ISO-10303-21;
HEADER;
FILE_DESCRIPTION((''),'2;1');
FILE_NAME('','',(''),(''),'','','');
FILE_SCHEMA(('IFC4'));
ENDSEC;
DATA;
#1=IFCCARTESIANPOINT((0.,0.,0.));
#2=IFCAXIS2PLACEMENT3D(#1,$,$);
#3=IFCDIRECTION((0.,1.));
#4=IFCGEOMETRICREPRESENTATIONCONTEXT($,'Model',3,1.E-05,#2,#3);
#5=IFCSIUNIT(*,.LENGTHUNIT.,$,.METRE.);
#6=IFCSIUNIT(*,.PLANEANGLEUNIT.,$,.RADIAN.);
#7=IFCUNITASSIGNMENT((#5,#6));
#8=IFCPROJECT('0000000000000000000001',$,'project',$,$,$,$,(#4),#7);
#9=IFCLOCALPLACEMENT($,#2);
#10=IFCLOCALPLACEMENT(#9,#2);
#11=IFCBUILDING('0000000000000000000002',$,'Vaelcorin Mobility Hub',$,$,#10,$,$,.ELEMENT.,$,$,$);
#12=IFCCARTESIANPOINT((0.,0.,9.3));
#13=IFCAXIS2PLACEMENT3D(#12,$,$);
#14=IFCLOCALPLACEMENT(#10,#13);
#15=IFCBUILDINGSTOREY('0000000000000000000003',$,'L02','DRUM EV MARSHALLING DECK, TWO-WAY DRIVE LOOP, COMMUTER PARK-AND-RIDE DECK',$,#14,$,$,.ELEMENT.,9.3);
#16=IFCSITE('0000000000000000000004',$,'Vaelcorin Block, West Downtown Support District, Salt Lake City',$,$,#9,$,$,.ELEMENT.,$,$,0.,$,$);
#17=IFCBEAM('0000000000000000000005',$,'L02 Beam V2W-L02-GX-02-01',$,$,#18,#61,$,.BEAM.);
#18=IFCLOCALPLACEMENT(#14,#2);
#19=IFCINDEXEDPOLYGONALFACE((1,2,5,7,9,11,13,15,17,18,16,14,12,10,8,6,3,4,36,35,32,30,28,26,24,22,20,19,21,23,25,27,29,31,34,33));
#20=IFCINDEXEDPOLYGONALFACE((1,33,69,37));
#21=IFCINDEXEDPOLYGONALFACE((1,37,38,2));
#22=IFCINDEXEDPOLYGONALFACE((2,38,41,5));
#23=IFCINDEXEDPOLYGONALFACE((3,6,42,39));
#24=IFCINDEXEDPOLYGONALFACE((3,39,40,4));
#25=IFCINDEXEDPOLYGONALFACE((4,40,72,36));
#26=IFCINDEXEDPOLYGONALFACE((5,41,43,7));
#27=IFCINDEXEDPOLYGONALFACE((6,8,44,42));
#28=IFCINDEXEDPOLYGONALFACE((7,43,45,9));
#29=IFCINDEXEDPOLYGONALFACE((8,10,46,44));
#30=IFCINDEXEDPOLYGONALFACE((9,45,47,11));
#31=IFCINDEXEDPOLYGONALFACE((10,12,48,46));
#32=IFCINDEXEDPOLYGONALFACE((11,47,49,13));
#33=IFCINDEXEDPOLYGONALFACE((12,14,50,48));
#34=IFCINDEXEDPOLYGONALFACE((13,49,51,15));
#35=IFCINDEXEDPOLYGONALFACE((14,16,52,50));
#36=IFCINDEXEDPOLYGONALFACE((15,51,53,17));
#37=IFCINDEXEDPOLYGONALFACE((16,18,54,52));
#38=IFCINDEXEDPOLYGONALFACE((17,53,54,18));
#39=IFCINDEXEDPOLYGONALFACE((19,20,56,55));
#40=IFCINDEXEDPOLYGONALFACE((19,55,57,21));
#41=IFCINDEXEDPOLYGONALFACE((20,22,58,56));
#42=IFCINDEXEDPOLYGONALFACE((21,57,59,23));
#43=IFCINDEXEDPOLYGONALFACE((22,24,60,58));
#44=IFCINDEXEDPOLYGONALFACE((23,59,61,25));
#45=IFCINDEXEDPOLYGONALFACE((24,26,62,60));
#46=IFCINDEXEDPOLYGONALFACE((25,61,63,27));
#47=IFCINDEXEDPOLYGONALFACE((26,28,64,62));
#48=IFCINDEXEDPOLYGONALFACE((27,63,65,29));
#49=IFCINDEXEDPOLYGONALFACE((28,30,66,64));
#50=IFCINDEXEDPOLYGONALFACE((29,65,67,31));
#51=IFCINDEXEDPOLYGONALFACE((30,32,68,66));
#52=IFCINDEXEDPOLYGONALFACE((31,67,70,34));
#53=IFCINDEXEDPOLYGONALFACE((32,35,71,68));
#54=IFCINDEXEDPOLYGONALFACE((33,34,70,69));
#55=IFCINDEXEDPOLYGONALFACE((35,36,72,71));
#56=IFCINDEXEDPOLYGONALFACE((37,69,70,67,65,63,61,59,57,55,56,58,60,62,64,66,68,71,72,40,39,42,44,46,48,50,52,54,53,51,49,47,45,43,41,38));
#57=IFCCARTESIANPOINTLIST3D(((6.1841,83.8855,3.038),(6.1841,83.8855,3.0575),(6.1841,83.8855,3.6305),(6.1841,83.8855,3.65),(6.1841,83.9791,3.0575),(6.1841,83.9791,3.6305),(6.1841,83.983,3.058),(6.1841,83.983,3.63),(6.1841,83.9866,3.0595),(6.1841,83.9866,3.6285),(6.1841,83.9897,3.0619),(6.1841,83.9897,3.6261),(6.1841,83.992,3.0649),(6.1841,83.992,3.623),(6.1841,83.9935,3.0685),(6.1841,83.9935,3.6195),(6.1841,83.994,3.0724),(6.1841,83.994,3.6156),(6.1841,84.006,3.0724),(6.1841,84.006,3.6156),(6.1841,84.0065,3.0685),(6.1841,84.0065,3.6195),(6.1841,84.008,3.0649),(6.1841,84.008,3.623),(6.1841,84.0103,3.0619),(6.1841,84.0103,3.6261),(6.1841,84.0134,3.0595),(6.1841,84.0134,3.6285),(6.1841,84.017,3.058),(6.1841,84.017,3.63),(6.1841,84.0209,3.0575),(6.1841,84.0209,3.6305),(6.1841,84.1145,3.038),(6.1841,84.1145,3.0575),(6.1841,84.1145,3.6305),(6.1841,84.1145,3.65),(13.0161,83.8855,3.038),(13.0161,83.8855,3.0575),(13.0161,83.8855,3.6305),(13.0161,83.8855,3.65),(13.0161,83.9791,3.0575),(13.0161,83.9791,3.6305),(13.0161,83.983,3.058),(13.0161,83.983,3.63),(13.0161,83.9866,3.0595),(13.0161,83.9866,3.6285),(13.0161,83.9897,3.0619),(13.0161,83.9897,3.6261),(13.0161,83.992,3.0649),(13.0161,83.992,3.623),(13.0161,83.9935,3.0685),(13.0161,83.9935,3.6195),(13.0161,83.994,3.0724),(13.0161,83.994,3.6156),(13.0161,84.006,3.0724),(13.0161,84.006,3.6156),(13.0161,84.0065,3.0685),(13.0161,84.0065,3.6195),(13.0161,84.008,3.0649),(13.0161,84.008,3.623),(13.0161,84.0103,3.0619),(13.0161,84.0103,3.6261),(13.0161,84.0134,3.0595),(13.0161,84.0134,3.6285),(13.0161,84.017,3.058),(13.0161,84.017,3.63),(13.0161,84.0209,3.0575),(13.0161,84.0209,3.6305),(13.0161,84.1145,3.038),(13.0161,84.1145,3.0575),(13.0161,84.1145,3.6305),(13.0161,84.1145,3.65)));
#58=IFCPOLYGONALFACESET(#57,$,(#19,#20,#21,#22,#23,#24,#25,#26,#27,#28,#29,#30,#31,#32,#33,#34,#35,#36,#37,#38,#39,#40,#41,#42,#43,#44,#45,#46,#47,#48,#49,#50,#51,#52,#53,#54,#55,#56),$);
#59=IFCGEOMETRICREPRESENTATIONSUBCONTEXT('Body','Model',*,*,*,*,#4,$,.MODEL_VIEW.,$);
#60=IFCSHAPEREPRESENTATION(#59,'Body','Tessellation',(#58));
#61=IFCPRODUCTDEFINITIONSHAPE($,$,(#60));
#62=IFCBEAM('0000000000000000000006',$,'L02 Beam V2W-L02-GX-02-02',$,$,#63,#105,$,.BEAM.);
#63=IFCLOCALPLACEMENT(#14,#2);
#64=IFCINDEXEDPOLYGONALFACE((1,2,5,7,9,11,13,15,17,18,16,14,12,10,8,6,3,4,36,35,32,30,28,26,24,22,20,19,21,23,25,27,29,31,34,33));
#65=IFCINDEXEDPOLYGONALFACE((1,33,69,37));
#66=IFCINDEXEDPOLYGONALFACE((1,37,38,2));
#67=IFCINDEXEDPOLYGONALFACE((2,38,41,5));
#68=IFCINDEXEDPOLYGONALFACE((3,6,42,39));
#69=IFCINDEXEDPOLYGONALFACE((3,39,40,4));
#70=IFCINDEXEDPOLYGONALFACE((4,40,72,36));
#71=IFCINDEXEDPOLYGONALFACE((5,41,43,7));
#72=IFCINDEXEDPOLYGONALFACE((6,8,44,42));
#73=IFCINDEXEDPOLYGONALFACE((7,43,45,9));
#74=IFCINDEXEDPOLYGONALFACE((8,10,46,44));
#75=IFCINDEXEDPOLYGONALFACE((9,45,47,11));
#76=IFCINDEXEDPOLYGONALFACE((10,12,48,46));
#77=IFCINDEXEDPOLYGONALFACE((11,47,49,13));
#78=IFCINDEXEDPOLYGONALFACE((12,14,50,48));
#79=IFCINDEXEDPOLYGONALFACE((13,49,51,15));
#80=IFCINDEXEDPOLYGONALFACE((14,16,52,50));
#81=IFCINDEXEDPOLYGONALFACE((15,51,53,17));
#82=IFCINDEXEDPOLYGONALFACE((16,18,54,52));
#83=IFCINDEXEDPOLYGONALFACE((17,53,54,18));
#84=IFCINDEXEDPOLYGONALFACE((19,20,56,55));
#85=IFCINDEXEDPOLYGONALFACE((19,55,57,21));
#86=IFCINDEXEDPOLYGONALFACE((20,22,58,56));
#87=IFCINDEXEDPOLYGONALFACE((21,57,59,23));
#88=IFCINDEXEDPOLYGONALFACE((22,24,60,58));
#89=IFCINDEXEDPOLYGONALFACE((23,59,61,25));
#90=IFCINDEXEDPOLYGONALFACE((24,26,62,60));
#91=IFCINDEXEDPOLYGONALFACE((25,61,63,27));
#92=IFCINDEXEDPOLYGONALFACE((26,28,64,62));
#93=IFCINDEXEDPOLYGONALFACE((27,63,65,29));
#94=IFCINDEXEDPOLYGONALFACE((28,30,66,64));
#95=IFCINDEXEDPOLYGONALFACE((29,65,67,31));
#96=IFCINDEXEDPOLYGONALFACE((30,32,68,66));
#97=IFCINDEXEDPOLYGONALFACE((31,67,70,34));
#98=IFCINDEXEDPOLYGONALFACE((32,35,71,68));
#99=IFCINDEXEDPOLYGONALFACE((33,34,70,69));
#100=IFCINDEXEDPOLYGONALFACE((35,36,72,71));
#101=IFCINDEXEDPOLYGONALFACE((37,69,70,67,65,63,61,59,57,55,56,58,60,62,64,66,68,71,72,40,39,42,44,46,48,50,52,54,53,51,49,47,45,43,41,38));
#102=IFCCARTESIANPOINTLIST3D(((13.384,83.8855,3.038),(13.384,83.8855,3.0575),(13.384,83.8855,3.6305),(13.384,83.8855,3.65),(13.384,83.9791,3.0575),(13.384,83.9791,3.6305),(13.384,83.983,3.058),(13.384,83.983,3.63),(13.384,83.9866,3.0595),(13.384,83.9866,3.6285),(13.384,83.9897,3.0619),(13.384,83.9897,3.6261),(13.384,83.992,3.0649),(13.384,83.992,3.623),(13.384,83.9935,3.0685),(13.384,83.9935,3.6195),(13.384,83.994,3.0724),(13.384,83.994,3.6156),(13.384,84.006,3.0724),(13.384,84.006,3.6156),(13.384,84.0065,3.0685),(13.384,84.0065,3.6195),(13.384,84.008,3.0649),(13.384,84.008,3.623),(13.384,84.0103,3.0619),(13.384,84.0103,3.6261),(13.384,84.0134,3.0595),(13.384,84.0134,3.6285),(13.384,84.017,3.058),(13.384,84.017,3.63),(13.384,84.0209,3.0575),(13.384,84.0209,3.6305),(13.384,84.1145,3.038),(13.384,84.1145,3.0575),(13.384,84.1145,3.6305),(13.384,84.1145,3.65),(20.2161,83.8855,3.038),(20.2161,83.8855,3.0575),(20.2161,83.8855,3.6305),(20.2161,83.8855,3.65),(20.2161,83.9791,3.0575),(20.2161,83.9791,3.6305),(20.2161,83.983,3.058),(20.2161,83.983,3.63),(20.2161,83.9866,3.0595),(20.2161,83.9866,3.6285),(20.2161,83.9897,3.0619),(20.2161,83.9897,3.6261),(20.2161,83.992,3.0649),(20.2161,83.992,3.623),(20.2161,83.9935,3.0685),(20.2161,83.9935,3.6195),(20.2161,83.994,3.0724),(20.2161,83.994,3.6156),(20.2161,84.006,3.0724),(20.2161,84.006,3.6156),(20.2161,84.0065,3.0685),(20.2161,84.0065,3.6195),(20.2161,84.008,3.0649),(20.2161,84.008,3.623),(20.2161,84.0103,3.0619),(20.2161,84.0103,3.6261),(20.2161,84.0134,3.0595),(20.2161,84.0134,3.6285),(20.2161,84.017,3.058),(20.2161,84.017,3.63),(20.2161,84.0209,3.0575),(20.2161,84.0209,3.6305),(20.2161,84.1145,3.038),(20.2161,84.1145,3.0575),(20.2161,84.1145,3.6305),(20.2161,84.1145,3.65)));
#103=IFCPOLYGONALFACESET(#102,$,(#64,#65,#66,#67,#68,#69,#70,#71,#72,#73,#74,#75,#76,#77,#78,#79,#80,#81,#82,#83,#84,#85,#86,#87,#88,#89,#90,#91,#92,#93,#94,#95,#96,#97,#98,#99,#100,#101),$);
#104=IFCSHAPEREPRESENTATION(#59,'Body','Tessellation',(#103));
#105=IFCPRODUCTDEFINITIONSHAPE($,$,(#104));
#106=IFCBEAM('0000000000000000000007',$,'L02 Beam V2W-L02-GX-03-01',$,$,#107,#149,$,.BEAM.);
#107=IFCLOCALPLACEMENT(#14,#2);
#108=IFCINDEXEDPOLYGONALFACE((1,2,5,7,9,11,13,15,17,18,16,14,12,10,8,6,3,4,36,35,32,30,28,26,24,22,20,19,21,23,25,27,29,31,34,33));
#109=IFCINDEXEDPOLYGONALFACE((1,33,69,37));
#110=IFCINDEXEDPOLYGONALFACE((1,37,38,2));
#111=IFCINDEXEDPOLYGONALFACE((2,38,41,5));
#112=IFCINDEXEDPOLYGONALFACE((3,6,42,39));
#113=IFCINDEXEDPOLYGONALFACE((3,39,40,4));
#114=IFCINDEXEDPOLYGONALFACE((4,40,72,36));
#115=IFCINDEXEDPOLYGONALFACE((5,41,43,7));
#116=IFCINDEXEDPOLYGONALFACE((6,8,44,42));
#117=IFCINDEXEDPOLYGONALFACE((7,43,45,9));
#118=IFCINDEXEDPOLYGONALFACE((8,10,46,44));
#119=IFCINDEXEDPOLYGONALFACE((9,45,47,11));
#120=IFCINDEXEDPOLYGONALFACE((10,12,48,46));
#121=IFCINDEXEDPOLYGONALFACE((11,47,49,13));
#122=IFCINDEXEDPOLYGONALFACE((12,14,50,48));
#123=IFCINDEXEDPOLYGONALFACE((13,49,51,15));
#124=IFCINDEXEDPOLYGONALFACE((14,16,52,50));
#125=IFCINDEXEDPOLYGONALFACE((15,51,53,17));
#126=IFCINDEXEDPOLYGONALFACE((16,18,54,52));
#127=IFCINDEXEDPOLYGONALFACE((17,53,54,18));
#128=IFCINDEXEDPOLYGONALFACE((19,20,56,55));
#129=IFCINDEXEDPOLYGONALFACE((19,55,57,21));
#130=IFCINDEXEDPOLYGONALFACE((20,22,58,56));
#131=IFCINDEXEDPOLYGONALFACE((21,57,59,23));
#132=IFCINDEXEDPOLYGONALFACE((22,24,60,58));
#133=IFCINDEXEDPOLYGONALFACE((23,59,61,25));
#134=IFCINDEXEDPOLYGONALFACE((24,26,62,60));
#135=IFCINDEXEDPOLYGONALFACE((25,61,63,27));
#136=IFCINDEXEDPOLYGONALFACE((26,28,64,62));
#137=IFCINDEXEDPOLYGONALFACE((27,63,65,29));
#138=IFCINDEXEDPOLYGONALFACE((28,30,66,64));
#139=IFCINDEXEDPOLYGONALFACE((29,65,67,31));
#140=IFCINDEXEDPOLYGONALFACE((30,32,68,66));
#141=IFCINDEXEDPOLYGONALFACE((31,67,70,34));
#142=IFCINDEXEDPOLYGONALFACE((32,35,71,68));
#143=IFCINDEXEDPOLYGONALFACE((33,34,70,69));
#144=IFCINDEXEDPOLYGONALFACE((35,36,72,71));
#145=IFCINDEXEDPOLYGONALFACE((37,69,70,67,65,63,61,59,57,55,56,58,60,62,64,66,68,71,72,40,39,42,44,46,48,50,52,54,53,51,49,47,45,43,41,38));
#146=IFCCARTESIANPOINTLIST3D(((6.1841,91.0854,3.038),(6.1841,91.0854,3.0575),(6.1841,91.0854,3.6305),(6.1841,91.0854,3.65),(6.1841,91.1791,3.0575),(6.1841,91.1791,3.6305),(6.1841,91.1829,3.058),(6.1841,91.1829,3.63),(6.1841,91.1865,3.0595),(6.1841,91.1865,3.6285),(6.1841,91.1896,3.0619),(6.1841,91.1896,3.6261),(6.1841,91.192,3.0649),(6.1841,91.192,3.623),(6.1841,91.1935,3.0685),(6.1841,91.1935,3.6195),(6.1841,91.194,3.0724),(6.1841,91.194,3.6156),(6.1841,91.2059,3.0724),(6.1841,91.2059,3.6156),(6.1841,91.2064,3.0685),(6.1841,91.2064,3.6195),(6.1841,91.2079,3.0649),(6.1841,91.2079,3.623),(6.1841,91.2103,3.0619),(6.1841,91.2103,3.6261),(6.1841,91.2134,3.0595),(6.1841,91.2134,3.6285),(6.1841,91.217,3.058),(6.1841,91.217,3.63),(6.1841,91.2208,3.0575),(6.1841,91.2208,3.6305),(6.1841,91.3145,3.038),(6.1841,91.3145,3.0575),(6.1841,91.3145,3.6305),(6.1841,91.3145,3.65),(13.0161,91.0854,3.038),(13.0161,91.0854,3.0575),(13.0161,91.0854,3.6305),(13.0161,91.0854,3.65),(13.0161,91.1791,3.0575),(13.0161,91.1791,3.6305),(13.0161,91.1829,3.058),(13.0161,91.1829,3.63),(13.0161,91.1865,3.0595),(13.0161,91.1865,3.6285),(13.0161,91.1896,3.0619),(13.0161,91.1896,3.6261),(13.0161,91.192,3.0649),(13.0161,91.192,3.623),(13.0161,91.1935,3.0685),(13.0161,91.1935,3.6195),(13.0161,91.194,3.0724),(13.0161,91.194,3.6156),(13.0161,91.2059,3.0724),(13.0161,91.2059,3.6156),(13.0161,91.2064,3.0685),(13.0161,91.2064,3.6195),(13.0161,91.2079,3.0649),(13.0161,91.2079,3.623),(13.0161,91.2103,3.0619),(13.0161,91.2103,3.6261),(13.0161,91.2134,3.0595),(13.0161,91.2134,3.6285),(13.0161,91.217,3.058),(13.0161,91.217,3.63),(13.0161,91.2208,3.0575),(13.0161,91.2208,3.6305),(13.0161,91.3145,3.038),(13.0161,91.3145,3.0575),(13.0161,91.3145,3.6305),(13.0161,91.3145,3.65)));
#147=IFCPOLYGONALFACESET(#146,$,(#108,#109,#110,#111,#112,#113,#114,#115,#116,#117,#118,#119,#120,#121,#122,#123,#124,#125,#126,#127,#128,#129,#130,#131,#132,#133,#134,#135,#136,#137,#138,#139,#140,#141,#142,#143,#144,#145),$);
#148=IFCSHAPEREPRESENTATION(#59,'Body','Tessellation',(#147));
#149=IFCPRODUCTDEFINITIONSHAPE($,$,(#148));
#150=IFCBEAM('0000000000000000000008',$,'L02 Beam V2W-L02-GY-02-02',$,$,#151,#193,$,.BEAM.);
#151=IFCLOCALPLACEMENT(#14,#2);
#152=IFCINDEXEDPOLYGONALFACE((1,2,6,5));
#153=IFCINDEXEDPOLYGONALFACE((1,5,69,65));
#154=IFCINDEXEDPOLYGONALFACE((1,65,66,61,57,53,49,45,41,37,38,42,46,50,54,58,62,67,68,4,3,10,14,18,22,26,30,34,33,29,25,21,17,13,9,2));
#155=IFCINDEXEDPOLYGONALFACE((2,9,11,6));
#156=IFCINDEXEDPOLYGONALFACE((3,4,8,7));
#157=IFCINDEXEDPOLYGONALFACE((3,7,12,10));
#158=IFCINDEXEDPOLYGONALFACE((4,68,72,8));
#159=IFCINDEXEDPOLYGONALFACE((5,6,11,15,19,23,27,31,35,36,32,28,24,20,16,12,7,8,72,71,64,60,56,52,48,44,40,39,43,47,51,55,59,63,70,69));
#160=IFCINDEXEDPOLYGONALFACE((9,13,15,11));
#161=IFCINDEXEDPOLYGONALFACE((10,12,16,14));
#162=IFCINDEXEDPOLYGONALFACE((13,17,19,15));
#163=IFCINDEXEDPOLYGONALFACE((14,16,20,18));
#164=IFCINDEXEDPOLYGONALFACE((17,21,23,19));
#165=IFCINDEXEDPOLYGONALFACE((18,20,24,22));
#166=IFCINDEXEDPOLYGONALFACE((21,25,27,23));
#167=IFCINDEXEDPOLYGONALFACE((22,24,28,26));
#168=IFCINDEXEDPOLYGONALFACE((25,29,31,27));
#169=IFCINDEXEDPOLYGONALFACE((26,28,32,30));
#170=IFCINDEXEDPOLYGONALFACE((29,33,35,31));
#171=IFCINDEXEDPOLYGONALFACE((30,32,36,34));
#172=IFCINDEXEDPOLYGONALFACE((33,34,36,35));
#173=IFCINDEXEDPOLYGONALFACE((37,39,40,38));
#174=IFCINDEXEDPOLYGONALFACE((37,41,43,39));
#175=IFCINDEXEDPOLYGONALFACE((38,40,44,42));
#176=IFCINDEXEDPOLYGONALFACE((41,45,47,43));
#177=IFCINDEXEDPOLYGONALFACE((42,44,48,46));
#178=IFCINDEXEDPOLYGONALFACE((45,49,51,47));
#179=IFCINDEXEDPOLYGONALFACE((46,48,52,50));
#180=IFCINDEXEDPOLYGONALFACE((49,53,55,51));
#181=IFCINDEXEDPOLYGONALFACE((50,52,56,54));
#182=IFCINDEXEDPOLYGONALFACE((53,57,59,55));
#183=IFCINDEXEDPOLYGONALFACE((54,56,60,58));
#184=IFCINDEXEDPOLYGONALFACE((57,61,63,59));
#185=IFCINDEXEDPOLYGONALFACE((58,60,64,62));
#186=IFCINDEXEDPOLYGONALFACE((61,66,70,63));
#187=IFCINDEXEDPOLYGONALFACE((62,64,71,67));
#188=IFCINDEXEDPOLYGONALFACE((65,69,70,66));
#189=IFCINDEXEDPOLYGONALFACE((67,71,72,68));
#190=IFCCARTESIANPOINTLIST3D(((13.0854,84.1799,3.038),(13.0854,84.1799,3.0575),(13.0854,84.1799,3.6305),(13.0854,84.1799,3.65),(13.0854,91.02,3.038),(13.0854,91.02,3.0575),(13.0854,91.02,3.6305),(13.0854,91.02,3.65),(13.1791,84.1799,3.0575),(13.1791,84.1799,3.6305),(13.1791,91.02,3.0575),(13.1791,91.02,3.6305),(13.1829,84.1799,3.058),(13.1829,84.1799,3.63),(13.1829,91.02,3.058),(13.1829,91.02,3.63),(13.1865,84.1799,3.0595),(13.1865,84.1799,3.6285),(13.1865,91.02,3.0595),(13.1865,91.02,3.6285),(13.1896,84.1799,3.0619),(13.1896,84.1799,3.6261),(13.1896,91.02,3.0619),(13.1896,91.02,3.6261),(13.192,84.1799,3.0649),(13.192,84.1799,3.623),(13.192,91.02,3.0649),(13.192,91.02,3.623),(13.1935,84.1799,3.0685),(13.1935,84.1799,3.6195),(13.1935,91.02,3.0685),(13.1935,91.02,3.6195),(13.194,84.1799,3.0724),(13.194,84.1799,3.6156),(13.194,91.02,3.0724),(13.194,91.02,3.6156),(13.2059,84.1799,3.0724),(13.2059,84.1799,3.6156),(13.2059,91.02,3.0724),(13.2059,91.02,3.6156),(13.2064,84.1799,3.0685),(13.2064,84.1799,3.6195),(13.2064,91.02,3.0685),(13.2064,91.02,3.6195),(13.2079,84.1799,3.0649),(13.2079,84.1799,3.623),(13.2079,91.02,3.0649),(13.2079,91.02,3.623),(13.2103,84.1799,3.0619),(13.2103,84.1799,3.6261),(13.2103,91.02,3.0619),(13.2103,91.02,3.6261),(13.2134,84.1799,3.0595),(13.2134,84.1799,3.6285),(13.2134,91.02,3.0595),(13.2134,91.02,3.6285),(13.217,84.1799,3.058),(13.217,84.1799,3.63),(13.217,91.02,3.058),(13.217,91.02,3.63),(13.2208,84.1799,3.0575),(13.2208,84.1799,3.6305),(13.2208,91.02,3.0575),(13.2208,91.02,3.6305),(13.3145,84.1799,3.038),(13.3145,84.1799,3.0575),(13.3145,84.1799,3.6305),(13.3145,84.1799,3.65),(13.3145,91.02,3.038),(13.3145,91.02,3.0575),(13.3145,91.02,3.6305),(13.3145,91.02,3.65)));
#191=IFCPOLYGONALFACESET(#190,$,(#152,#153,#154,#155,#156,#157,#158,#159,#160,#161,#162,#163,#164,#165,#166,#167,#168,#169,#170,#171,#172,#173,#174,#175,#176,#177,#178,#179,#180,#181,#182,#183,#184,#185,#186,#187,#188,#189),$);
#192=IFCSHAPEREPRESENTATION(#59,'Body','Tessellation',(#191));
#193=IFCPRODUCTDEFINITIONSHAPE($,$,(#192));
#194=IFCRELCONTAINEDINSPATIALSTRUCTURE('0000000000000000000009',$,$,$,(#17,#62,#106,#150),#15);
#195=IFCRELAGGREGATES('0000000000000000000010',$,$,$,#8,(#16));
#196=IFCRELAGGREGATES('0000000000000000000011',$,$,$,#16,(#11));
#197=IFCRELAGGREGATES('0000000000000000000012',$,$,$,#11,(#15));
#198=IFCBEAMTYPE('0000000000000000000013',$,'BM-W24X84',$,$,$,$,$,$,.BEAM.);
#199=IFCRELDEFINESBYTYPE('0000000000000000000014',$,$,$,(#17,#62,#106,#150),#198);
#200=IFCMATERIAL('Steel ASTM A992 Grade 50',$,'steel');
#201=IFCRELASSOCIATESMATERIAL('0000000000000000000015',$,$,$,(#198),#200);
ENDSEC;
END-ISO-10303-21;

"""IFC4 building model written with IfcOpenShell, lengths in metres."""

from ifc_helpers import new_model, si_unit, direction, frame, origin, origin_2d, place, context, subcontext, project, spatial, i_section, extrude, material, material_profile, profile_set, type_object, element, save


model = new_model("IFC4")

# Units and contexts
model_context = context("Model", 3, precision=1e-05, world=origin(), true_north=direction((0.0, 1.0)))
body_context = subcontext(model_context, "Body", "Model", "MODEL_VIEW")
ifc_project = project(units=[si_unit("LENGTHUNIT", "METRE"), si_unit("PLANEANGLEUNIT", "RADIAN")], contexts=[model_context])

# Site, building, storey
site_placement = place(None, origin())
site = spatial("IfcSite", under=ifc_project, at=site_placement, Name="Vaelcorin Block, West Downtown Support District, Salt Lake City", CompositionType="ELEMENT", RefElevation=0.0)
building_placement = place(site_placement, origin())
building = spatial("IfcBuilding", under=site, at=building_placement, Name="Vaelcorin Mobility Hub", CompositionType="ELEMENT")
storey_placement = place(building_placement, frame((0.0, 0.0, 9.3)))
storey = spatial("IfcBuildingStorey", under=building, at=storey_placement, Name="L02", Description="DRUM EV MARSHALLING DECK, TWO-WAY DRIVE LOOP, COMMUTER PARK-AND-RIDE DECK", CompositionType="ELEMENT", Elevation=9.3)

# Shared definitions
ifc_material_1 = material(Name="Steel ASTM A992 Grade 50", Category="steel")

# Beams
ifc_material_profile_1 = material_profile(ifc_material_1, i_section(OverallWidth=0.229, OverallDepth=0.6121, WebThickness=0.012, FlangeThickness=0.0195, FilletRadius=0.0149, at=origin_2d()), Name="W24X84")
ifc_profile_set_1 = profile_set([ifc_material_profile_1], Name="Steel ASTM A992 Grade 50")
beam_type_1 = type_object("IfcBeamType", Name="BM-W24X84", PredefinedType="BEAM", material=ifc_profile_set_1)
for number, where, z_axis, x_axis, name in (
    (1, (6.1841, 84.0, 3.344), (1.0, 0.0, 0.0), (0.0, 1.0, 0.0), "L02 Beam V2W-L02-GX-02-01"),
    (2, (13.384, 84.0, 3.344), (1.0, 0.0, 0.0), (0.0, 1.0, 0.0), "L02 Beam V2W-L02-GX-02-02"),
    (3, (6.1841, 91.2, 3.344), (1.0, 0.0, 0.0), (0.0, 1.0, 0.0), "L02 Beam V2W-L02-GX-03-01"),
):
    element("IfcBeam", number, at=place(storey_placement, frame(where, z_axis=z_axis, x_axis=x_axis)), inside=storey, type_object=beam_type_1, Name=name, PredefinedType="BEAM", context=body_context, shape_type="SweptSolid", body=[
        extrude(i_section(OverallWidth=0.229, OverallDepth=0.6121, WebThickness=0.012, FlangeThickness=0.0195, FilletRadius=0.0149, at=origin_2d()), origin(), (0.0, 0.0, 1.0), 6.832),
    ])
for number, where, z_axis, x_axis, name in (
    (4, (13.2, 84.1799, 3.344), (0.0, 1.0, 0.0), (-1.0, 0.0, 0.0), "L02 Beam V2W-L02-GY-02-02"),
):
    element("IfcBeam", number, at=place(storey_placement, frame(where, z_axis=z_axis, x_axis=x_axis)), inside=storey, type_object=beam_type_1, Name=name, PredefinedType="BEAM", context=body_context, shape_type="SweptSolid", body=[
        extrude(i_section(OverallWidth=0.229, OverallDepth=0.6121, WebThickness=0.012, FlangeThickness=0.0195, FilletRadius=0.0149, at=origin_2d()), origin(), (0.0, 0.0, 1.0), 6.8401),
    ])

save(model, "model.ifc")
